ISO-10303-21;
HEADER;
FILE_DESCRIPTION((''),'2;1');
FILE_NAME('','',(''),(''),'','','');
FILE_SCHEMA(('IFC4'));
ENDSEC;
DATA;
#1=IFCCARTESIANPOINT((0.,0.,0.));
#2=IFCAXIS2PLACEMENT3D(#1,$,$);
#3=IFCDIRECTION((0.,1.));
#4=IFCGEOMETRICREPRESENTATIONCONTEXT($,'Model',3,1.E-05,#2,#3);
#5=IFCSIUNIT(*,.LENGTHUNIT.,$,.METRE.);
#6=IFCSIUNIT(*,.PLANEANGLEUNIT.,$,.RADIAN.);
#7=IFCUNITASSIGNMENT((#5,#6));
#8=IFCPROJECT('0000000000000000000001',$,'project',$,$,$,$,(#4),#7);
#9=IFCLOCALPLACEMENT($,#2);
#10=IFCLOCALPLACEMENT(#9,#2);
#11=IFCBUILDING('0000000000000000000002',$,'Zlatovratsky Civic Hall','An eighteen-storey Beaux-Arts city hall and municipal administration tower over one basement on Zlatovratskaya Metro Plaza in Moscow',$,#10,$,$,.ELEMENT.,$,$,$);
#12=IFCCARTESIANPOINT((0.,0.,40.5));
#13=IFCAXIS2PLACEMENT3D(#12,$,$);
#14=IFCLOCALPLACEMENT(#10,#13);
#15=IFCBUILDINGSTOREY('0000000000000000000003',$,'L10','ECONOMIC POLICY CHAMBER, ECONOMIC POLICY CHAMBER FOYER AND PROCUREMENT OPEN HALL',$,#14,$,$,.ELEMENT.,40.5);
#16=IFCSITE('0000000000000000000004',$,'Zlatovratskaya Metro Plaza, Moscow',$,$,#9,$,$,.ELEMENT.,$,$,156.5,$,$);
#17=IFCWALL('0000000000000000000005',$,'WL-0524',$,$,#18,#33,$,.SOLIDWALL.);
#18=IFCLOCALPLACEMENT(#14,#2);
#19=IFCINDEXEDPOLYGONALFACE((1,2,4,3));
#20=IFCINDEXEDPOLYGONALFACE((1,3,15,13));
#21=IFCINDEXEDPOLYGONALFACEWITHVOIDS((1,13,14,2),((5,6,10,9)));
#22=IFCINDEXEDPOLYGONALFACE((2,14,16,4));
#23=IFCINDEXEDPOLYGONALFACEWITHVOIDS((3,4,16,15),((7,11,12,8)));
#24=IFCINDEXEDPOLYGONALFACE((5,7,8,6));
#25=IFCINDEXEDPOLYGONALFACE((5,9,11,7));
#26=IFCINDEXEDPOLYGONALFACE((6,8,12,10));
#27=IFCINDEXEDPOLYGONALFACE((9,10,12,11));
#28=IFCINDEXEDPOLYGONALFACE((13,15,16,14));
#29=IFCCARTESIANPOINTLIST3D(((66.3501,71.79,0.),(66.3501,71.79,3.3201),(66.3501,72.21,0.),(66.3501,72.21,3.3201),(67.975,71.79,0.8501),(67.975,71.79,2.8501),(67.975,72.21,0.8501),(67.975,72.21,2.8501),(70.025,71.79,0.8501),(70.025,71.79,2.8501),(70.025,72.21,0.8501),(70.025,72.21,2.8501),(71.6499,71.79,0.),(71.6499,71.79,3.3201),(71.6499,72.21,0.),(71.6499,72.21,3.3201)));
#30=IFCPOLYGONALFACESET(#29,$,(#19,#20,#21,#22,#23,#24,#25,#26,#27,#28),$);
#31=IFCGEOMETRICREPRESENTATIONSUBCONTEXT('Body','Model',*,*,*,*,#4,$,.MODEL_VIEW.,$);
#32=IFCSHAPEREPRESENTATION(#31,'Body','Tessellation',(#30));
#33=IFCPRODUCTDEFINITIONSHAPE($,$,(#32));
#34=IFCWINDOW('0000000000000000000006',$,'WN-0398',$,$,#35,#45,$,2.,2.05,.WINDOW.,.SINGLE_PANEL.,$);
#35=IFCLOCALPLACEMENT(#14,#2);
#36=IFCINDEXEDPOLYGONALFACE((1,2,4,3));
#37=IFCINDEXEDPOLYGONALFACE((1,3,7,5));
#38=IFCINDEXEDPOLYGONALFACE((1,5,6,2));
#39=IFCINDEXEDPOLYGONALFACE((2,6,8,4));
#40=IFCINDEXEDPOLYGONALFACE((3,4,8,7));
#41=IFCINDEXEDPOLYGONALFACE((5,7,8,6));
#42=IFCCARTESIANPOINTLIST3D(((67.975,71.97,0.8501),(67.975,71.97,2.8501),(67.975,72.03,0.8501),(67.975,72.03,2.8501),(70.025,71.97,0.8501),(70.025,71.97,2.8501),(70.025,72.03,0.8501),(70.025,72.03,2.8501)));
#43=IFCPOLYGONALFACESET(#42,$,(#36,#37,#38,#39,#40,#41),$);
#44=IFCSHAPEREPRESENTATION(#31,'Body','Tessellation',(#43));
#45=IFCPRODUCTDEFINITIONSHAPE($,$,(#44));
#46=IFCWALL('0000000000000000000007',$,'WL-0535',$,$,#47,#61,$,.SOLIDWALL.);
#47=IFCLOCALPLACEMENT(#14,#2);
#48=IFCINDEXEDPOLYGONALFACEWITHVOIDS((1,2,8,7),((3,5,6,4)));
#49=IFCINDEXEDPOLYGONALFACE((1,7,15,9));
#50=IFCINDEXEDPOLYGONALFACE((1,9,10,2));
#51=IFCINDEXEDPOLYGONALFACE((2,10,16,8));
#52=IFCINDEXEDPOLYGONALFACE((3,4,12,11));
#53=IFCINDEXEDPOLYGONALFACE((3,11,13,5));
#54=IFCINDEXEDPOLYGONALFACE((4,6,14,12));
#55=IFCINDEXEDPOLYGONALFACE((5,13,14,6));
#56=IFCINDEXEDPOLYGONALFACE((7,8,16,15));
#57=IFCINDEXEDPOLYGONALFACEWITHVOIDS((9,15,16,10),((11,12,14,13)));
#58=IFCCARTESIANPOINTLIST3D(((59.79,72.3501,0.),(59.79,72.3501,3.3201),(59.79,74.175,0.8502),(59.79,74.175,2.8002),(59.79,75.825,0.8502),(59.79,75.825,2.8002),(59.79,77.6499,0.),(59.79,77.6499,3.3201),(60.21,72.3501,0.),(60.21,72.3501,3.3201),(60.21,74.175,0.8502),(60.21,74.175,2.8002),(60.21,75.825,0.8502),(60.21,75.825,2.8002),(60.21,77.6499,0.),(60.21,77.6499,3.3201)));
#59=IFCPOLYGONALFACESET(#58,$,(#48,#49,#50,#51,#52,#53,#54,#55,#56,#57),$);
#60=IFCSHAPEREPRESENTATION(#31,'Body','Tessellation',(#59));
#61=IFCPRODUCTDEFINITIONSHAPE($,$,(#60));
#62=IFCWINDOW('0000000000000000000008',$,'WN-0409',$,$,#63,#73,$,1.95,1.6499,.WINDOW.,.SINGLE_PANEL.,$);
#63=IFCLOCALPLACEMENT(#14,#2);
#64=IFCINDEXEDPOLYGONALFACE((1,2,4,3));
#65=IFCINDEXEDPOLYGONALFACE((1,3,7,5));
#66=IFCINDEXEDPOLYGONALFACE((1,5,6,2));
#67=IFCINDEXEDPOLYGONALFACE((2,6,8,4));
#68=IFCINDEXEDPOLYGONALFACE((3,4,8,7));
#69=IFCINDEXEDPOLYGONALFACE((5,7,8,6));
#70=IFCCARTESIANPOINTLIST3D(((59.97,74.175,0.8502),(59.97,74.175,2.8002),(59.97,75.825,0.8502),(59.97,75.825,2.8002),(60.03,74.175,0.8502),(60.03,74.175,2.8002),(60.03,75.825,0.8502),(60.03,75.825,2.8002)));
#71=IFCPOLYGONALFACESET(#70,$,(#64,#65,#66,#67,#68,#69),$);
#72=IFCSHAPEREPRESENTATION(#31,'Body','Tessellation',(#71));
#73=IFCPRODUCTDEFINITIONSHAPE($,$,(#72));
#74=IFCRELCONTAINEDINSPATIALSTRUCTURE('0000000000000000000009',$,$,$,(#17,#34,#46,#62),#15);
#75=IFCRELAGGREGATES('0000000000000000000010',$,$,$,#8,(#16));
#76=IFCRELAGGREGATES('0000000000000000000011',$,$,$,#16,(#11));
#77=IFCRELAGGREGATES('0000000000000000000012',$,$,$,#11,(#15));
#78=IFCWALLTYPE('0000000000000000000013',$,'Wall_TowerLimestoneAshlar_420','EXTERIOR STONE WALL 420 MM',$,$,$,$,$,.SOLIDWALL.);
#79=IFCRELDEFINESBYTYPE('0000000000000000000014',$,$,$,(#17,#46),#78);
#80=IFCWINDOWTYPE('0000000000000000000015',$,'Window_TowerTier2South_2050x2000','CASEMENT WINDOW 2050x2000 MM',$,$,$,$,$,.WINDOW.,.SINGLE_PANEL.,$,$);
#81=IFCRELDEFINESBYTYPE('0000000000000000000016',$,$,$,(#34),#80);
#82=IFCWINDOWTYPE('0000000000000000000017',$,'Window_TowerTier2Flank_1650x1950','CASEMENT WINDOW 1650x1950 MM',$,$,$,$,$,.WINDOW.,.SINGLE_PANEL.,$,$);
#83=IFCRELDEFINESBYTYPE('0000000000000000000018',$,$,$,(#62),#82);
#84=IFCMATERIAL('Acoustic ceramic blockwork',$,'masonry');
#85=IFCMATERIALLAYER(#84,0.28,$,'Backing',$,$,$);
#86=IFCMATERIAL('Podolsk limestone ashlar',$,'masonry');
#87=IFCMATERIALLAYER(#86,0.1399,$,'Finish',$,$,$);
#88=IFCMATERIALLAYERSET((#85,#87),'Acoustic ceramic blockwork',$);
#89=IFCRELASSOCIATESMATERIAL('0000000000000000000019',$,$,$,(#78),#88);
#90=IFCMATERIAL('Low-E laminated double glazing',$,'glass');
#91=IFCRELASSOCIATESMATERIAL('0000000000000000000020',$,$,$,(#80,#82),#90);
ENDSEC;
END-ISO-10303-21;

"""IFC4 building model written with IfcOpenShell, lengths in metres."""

from ifc_helpers import new_model, si_unit, direction, frame, frame_2d, origin, place, context, subcontext, project, spatial, rectangle, extrude, material, layer, layer_set, type_object, element, fill, save


model = new_model("IFC4")

# Units and contexts
model_context = context("Model", 3, precision=1e-05, world=origin(), true_north=direction((0.0, 1.0)))
body_context = subcontext(model_context, "Body", "Model", "MODEL_VIEW")
ifc_project = project(units=[si_unit("LENGTHUNIT", "METRE"), si_unit("PLANEANGLEUNIT", "RADIAN")], contexts=[model_context])

# Site, building, storey
site_placement = place(None, origin())
site = spatial("IfcSite", under=ifc_project, at=site_placement, Name="Zlatovratskaya Metro Plaza, Moscow", CompositionType="ELEMENT", RefElevation=156.5)
building_placement = place(site_placement, origin())
building = spatial("IfcBuilding", under=site, at=building_placement, Name="Zlatovratsky Civic Hall", Description="An eighteen-storey Beaux-Arts city hall and municipal administration tower over one basement on Zlatovratskaya Metro Plaza in Moscow", CompositionType="ELEMENT")
storey_placement = place(building_placement, frame((0.0, 0.0, 40.5)))
storey = spatial("IfcBuildingStorey", under=building, at=storey_placement, Name="L10", Description="ECONOMIC POLICY CHAMBER, ECONOMIC POLICY CHAMBER FOYER AND PROCUREMENT OPEN HALL", CompositionType="ELEMENT", Elevation=40.5)

# Walls, openings, windows
ifc_material_1 = material(Name="Acoustic ceramic blockwork", Category="masonry")
ifc_layer_1 = layer(ifc_material_1, 0.28, Name="Backing")
ifc_material_2 = material(Name="Podolsk limestone ashlar", Category="masonry")
ifc_layer_2 = layer(ifc_material_2, 0.1399, Name="Finish")
ifc_layer_set_1 = layer_set([ifc_layer_1, ifc_layer_2], Name="Acoustic ceramic blockwork")
wall_type_1 = type_object("IfcWallType", Name="Wall_TowerLimestoneAshlar_420", Description="EXTERIOR STONE WALL 420 MM", PredefinedType="SOLIDWALL", material=ifc_layer_set_1)
ifc_material_3 = material(Name="Low-E laminated double glazing", Category="glass")
window_type_1 = type_object("IfcWindowType", Name="Window_TowerTier2South_2050x2000", Description="CASEMENT WINDOW 2050x2000 MM", PartitioningType="SINGLE_PANEL", PredefinedType="WINDOW", material=ifc_material_3)
wall_1_placement = place(storey_placement, frame((66.3501, 72.0, 0.0), z_axis=(0.0, 0.0, 1.0), x_axis=(1.0, 0.0, 0.0)))
wall_1 = element("IfcWall", 1, at=wall_1_placement, inside=storey, type_object=wall_type_1, Name="WL-0524", PredefinedType="SOLIDWALL", context=body_context, shape_type="SweptSolid", body=[
    extrude(rectangle(XDim=5.2998, YDim=0.4199, at=frame_2d((2.6499, 0.0))), origin(), (0.0, 0.0, 1.0), 3.3201),
])
opening_1_placement = place(wall_1_placement, frame((1.625, 0.0, 0.8501)))
opening_1 = element("IfcOpeningElement", 2, at=opening_1_placement, cuts=wall_1, PredefinedType="OPENING", context=body_context, shape_type="SweptSolid", body=[
    extrude(rectangle(XDim=2.05, YDim=2.0, at=frame_2d((1.0249, 1.0))), frame((0.0, 0.2249, 0.0), z_axis=(0.0, -1.0, 0.0), x_axis=(1.0, 0.0, 0.0)), (0.0, 0.0, 1.0), 0.4497),
])
window_1_placement = place(opening_1_placement, origin())
window_1 = element("IfcWindow", 3, at=window_1_placement, inside=storey, type_object=window_type_1, Name="WN-0398", OverallHeight=2.0, OverallWidth=2.05, PartitioningType="SINGLE_PANEL", PredefinedType="WINDOW", context=body_context, shape_type="SweptSolid", body=[
    extrude(rectangle(XDim=2.05, YDim=2.0, at=frame_2d((1.0249, 1.0))), frame((0.0, 0.03, 0.0), z_axis=(0.0, -1.0, 0.0), x_axis=(1.0, 0.0, 0.0)), (0.0, 0.0, 1.0), 0.0601),
])
fill(opening_1, window_1)
wall_2_placement = place(storey_placement, frame((60.0, 72.3501, 0.0), z_axis=(0.0, 0.0, 1.0), x_axis=(0.0, 1.0, 0.0)))
wall_2 = element("IfcWall", 4, at=wall_2_placement, inside=storey, type_object=wall_type_1, Name="WL-0535", PredefinedType="SOLIDWALL", context=body_context, shape_type="SweptSolid", body=[
    extrude(rectangle(XDim=5.2998, YDim=0.4199, at=frame_2d((2.6499, 0.0))), origin(), (0.0, 0.0, 1.0), 3.3201),
])
opening_2_placement = place(wall_2_placement, frame((1.825, 0.0, 0.8501)))
opening_2 = element("IfcOpeningElement", 5, at=opening_2_placement, cuts=wall_2, PredefinedType="OPENING", context=body_context, shape_type="SweptSolid", body=[
    extrude(rectangle(XDim=1.6499, YDim=1.95, at=frame_2d((0.825, 0.9751))), frame((0.0, 0.2249, 0.0), z_axis=(0.0, -1.0, 0.0), x_axis=(1.0, 0.0, 0.0)), (0.0, 0.0, 1.0), 0.4497),
])
window_type_2 = type_object("IfcWindowType", Name="Window_TowerTier2Flank_1650x1950", Description="CASEMENT WINDOW 1650x1950 MM", PartitioningType="SINGLE_PANEL", PredefinedType="WINDOW", material=ifc_material_3)
window_2_placement = place(opening_2_placement, origin())
window_2 = element("IfcWindow", 6, at=window_2_placement, inside=storey, type_object=window_type_2, Name="WN-0409", OverallHeight=1.95, OverallWidth=1.6499, PartitioningType="SINGLE_PANEL", PredefinedType="WINDOW", context=body_context, shape_type="SweptSolid", body=[
    extrude(rectangle(XDim=1.6499, YDim=1.95, at=frame_2d((0.825, 0.9751))), frame((0.0, 0.03, 0.0), z_axis=(0.0, -1.0, 0.0), x_axis=(1.0, 0.0, 0.0)), (0.0, 0.0, 1.0), 0.0601),
])
fill(opening_2, window_2)

save(model, "model.ifc")
